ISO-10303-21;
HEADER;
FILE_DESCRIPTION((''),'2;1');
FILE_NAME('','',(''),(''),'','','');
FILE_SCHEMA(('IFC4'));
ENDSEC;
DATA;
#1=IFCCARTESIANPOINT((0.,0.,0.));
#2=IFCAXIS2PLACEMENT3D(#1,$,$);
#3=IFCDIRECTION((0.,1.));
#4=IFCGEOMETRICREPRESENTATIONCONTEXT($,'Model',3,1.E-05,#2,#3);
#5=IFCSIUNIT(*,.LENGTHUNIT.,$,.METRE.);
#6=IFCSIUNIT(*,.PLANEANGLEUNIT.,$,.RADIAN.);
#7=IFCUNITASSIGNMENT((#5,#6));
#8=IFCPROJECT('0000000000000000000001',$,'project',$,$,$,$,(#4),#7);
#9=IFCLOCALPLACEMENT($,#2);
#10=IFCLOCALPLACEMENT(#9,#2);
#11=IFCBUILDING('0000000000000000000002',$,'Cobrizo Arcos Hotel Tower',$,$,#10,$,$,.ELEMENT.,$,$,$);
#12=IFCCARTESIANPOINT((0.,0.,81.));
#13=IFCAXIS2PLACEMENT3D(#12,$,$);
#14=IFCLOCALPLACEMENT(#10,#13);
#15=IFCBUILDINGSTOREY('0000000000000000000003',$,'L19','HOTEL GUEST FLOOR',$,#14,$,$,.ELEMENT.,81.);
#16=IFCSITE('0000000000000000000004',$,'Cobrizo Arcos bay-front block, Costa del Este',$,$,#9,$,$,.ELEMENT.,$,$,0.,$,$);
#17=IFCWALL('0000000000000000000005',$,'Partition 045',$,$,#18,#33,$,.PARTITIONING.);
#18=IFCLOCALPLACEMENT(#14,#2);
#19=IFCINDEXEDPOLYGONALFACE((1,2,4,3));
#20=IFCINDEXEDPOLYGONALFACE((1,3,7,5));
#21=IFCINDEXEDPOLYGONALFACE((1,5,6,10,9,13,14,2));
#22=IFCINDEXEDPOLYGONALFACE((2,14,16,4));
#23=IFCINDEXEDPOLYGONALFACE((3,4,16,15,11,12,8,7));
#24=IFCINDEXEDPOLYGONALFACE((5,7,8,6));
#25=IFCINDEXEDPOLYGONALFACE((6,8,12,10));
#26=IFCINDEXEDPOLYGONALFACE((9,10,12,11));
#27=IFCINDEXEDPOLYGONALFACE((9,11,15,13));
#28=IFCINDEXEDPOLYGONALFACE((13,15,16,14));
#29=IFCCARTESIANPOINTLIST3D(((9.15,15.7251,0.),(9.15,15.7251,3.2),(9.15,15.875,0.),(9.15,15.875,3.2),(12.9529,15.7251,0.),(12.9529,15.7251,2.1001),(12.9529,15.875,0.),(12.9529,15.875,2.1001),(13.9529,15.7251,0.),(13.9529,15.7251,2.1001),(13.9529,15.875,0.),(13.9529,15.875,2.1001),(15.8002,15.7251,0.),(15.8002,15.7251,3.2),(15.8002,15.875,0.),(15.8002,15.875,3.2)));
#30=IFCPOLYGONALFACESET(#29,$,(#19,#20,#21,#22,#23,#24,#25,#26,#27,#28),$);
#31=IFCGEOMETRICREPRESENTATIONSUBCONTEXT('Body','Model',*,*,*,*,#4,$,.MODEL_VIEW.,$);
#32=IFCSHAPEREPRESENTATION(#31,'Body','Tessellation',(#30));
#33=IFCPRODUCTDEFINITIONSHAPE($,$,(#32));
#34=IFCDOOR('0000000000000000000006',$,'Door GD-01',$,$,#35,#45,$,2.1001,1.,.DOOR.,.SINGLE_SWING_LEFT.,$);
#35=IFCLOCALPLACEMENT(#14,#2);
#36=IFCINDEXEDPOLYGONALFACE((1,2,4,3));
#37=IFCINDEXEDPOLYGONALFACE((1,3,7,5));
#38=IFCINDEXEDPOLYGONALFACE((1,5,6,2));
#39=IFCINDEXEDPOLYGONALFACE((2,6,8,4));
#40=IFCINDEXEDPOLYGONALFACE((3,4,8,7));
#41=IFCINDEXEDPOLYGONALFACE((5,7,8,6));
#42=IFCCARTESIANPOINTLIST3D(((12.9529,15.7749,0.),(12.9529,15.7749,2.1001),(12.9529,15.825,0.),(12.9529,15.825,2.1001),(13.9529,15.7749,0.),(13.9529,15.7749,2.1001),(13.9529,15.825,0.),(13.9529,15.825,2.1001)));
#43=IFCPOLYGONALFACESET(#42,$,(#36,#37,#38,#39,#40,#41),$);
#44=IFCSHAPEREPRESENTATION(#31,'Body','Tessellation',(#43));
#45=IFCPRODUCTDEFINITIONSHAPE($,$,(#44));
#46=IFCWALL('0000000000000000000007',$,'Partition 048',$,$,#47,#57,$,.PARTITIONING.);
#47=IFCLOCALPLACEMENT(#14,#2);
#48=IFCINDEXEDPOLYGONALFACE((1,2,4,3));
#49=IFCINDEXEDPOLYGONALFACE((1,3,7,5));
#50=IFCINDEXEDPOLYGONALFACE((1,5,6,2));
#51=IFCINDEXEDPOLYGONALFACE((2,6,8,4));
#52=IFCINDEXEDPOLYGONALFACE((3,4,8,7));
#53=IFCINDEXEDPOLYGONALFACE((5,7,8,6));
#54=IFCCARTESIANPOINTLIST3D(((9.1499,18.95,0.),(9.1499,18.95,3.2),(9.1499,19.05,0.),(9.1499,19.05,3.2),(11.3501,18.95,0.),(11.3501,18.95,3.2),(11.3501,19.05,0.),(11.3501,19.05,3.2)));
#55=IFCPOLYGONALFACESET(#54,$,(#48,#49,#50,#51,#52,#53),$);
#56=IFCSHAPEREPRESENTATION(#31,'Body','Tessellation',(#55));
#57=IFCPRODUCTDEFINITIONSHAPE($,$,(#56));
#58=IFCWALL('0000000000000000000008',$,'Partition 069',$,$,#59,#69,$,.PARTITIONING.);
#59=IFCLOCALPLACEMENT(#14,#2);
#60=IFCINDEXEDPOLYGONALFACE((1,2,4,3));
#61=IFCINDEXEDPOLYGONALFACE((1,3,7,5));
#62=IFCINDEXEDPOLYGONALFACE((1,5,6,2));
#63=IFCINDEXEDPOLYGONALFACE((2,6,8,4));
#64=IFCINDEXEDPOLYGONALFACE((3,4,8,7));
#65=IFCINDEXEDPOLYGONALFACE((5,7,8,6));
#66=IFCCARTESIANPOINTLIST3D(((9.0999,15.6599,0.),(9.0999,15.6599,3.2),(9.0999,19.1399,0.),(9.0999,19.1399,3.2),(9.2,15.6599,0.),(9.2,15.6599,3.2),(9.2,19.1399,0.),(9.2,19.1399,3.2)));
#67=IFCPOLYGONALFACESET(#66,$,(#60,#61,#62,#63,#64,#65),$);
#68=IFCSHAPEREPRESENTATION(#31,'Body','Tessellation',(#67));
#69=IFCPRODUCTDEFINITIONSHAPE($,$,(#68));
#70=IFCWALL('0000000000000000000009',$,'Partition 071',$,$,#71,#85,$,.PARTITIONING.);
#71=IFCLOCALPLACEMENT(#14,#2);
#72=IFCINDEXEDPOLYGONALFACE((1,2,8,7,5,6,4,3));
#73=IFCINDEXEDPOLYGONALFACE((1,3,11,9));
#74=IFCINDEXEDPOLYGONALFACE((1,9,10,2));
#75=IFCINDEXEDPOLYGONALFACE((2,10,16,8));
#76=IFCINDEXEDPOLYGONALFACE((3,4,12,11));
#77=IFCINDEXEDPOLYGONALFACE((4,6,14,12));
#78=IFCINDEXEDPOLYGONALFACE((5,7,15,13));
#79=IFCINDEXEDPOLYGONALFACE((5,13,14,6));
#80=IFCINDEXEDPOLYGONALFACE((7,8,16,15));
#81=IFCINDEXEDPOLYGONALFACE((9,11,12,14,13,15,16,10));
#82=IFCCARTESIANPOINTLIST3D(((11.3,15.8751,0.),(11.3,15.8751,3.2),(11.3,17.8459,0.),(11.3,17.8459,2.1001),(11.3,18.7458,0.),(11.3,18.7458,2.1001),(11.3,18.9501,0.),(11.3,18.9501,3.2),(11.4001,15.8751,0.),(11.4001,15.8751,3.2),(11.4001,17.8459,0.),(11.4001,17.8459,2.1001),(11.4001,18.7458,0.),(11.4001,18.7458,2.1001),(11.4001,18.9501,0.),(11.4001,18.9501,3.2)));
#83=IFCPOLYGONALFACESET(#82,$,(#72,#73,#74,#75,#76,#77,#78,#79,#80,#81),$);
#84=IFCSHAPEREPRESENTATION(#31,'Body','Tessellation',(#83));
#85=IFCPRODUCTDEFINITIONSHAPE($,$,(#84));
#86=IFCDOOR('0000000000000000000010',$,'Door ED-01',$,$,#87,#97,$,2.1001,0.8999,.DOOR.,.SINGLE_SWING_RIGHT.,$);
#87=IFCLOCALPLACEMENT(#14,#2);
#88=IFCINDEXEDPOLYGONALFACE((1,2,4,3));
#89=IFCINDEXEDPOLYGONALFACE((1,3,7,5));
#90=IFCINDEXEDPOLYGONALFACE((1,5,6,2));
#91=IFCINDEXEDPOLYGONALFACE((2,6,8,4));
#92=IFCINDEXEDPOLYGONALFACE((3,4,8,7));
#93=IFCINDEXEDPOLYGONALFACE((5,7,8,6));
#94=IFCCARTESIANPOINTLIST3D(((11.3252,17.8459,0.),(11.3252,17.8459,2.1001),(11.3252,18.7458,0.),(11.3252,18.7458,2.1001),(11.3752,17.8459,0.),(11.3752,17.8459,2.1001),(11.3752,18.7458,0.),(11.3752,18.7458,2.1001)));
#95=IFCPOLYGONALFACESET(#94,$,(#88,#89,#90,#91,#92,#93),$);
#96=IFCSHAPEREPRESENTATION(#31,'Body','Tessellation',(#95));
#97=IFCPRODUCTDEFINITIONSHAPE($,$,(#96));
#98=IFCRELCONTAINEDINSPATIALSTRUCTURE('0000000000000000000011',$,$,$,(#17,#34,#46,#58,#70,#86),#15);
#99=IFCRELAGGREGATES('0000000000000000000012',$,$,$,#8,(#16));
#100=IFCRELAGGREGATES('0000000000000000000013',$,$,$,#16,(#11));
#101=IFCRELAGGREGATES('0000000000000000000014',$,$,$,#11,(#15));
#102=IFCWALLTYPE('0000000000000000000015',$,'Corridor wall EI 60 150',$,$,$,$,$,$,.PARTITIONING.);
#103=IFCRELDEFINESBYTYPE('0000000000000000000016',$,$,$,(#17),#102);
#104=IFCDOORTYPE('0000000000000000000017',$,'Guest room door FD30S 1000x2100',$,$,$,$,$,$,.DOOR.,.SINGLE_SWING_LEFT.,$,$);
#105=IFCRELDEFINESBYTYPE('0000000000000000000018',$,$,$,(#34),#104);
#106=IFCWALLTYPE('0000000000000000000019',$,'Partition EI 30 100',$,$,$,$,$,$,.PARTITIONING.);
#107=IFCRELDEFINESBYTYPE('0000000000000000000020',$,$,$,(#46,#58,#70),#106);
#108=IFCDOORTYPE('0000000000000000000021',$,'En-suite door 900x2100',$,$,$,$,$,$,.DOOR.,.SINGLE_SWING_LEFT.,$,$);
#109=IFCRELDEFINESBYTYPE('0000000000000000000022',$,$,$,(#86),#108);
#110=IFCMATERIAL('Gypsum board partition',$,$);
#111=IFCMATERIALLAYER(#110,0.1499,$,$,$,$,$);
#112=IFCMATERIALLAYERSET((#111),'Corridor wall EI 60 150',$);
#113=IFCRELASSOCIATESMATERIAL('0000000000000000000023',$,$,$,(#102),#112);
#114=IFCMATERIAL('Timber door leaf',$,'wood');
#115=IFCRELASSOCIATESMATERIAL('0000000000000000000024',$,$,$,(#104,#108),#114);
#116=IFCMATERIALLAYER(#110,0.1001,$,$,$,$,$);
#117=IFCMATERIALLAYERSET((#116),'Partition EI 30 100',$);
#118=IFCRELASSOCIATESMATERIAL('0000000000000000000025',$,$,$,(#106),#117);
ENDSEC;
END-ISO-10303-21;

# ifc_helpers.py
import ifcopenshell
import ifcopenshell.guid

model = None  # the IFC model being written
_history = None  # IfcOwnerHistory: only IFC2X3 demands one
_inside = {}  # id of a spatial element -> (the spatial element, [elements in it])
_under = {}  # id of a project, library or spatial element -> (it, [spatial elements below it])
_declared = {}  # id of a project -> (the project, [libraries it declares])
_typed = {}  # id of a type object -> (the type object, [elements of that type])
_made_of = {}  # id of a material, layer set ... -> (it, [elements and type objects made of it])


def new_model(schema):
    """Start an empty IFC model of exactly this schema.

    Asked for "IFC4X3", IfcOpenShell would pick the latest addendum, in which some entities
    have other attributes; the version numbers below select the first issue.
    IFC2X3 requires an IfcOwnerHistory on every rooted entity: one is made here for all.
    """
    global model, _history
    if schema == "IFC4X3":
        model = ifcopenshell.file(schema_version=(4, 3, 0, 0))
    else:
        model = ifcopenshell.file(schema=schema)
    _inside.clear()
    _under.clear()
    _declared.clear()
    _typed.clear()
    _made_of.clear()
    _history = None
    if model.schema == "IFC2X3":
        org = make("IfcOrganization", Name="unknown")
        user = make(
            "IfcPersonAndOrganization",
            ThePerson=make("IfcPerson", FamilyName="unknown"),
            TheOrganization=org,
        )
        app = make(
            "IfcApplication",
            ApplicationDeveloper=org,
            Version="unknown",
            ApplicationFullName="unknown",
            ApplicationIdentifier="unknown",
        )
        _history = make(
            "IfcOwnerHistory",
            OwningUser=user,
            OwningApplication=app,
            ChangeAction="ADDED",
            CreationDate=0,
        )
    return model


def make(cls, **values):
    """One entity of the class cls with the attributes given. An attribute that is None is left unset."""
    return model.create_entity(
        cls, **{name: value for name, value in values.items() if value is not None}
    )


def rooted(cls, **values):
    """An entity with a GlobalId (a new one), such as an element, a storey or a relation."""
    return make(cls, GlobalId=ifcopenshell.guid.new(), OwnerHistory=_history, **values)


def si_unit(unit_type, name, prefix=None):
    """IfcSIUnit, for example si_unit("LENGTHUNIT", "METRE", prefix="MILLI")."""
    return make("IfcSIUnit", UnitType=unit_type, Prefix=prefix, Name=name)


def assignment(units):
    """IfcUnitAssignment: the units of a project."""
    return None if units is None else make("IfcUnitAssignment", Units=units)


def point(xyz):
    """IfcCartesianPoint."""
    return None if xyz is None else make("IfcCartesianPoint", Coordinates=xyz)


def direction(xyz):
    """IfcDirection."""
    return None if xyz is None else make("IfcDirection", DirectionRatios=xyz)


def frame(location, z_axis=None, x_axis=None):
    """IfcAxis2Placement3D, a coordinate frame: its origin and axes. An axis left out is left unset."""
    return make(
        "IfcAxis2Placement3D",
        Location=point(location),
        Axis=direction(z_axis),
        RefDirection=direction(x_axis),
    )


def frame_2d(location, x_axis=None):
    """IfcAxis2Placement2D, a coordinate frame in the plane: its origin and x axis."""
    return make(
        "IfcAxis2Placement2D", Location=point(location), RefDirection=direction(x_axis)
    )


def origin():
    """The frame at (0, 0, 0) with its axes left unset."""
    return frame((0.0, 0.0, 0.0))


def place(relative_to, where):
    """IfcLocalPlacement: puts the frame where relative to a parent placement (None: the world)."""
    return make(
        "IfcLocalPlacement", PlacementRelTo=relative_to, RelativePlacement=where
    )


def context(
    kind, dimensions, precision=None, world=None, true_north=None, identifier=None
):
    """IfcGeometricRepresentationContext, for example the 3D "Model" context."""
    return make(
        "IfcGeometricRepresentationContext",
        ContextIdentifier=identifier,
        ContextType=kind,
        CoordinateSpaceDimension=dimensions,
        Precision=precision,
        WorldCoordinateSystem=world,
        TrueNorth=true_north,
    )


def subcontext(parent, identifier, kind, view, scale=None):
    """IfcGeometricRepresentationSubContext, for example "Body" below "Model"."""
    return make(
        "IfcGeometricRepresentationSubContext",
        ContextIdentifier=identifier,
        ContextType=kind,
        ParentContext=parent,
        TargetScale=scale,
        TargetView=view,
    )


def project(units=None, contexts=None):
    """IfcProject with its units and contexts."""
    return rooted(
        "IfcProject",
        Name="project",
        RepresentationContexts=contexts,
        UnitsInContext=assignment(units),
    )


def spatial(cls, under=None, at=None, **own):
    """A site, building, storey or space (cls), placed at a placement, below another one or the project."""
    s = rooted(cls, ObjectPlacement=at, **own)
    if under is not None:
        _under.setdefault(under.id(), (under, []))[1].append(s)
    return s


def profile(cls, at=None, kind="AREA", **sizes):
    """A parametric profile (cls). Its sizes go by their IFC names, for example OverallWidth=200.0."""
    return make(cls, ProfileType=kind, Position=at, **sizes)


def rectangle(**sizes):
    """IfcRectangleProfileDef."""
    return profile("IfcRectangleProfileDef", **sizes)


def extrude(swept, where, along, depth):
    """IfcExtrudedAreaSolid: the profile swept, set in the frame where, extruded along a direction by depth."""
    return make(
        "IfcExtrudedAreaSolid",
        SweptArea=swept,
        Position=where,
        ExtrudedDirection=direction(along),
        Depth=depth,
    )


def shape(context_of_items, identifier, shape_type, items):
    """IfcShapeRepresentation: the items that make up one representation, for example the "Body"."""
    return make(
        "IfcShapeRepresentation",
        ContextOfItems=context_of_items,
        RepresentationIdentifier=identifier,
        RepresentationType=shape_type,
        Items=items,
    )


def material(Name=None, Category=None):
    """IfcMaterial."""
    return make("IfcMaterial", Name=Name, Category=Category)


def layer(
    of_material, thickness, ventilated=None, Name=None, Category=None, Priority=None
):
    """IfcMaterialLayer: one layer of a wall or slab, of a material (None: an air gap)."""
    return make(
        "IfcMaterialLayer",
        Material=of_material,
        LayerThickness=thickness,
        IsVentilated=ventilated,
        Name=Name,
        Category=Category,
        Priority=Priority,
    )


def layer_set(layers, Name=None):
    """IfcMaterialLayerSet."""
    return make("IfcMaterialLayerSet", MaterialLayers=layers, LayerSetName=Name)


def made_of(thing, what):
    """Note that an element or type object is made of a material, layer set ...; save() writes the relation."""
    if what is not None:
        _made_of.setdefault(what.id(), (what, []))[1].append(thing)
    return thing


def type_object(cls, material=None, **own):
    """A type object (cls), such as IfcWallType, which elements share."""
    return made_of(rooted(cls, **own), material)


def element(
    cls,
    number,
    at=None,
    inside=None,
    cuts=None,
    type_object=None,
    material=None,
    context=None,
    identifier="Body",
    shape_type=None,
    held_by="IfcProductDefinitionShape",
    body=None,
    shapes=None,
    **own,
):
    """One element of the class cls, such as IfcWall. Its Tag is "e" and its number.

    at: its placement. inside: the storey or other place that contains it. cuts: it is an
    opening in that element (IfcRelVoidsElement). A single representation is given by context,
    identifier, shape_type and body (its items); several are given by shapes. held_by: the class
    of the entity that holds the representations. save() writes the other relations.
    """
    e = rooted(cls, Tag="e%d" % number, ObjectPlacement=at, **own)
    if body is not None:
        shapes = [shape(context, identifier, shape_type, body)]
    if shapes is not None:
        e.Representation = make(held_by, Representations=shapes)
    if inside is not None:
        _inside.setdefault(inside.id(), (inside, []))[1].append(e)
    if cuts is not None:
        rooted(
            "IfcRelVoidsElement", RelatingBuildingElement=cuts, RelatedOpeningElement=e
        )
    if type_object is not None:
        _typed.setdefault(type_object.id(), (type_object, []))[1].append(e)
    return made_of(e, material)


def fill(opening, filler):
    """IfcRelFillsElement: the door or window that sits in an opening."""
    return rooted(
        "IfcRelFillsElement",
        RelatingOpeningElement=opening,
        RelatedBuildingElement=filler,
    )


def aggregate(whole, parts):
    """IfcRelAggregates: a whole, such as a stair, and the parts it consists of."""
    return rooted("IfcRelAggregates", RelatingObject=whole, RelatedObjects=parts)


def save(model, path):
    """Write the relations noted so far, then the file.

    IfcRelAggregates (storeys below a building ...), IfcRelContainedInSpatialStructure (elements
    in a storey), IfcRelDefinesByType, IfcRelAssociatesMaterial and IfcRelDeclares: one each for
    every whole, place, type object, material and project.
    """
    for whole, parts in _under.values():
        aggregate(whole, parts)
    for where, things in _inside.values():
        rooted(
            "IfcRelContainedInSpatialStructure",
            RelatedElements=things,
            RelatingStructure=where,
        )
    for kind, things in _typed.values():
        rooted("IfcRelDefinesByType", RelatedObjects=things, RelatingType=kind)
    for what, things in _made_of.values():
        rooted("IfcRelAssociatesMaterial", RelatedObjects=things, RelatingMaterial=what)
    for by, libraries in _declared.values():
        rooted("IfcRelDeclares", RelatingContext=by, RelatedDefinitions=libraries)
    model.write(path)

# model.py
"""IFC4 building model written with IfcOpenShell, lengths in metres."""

from ifc_helpers import new_model, si_unit, direction, frame, frame_2d, origin, place, context, subcontext, project, spatial, rectangle, extrude, material, layer, layer_set, type_object, element, fill, save


model = new_model("IFC4")

# Units and contexts
model_context = context("Model", 3, precision=1e-05, world=origin(), true_north=direction((0.0, 1.0)))
body_context = subcontext(model_context, "Body", "Model", "MODEL_VIEW")
ifc_project = project(units=[si_unit("LENGTHUNIT", "METRE"), si_unit("PLANEANGLEUNIT", "RADIAN")], contexts=[model_context])

# Site, building, storey
site_placement = place(None, origin())
site = spatial("IfcSite", under=ifc_project, at=site_placement, Name="Cobrizo Arcos bay-front block, Costa del Este", CompositionType="ELEMENT", RefElevation=0.0)
building_placement = place(site_placement, origin())
building = spatial("IfcBuilding", under=site, at=building_placement, Name="Cobrizo Arcos Hotel Tower", CompositionType="ELEMENT")
storey_placement = place(building_placement, frame((0.0, 0.0, 81.0)))
storey = spatial("IfcBuildingStorey", under=building, at=storey_placement, Name="L19", Description="HOTEL GUEST FLOOR", CompositionType="ELEMENT", Elevation=81.0)

# Wall, opening, door
ifc_material_1 = material(Name="Gypsum board partition")
ifc_layer_1 = layer(ifc_material_1, 0.1499)
ifc_layer_set_1 = layer_set([ifc_layer_1], Name="Corridor wall EI 60 150")
wall_type_1 = type_object("IfcWallType", Name="Corridor wall EI 60 150", PredefinedType="PARTITIONING", material=ifc_layer_set_1)
ifc_material_2 = material(Name="Timber door leaf", Category="wood")
wall_1_placement = place(storey_placement, frame((9.1499, 15.8, 0.0), z_axis=(0.0, 0.0, 1.0), x_axis=(1.0, 0.0, 0.0)))
wall_1 = element("IfcWall", 1, at=wall_1_placement, inside=storey, type_object=wall_type_1, Name="Partition 045", PredefinedType="PARTITIONING", context=body_context, shape_type="SweptSolid", body=[
    extrude(rectangle(XDim=6.6501, YDim=0.1499, at=frame_2d((3.3252, 0.0))), origin(), (0.0, 0.0, 1.0), 3.2),
])
opening_1_placement = place(wall_1_placement, frame((3.803, 0.0, 0.0)))
opening_1 = element("IfcOpeningElement", 2, at=opening_1_placement, cuts=wall_1, PredefinedType="OPENING", context=body_context, shape_type="SweptSolid", body=[
    extrude(rectangle(XDim=1.0, YDim=2.1001, at=frame_2d((0.5, 1.05))), frame((0.0, 0.0869, 0.0), z_axis=(0.0, -1.0, 0.0), x_axis=(1.0, 0.0, 0.0)), (0.0, 0.0, 1.0), 0.1738),
])
door_type_1 = type_object("IfcDoorType", Name="Guest room door FD30S 1000x2100", OperationType="SINGLE_SWING_LEFT", PredefinedType="DOOR", material=ifc_material_2)
door_1_placement = place(opening_1_placement, origin())
door_1 = element("IfcDoor", 3, at=door_1_placement, inside=storey, type_object=door_type_1, Name="Door GD-01", OperationType="SINGLE_SWING_LEFT", OverallHeight=2.1001, OverallWidth=1.0, PredefinedType="DOOR", context=body_context, shape_type="SweptSolid", body=[
    extrude(rectangle(XDim=1.0, YDim=2.1001, at=frame_2d((0.5, 1.05))), frame((0.0, 0.0249, 0.0), z_axis=(0.0, -1.0, 0.0), x_axis=(1.0, 0.0, 0.0)), (0.0, 0.0, 1.0), 0.05),
])
fill(opening_1, door_1)

# Walls
ifc_layer_2 = layer(ifc_material_1, 0.1001)
ifc_layer_set_2 = layer_set([ifc_layer_2], Name="Partition EI 30 100")
wall_type_2 = type_object("IfcWallType", Name="Partition EI 30 100", PredefinedType="PARTITIONING", material=ifc_layer_set_2)
wall_2_placement = place(storey_placement, frame((9.1499, 19.0, 0.0), z_axis=(0.0, 0.0, 1.0), x_axis=(1.0, 0.0, 0.0)))
element("IfcWall", 4, at=wall_2_placement, inside=storey, type_object=wall_type_2, Name="Partition 048", PredefinedType="PARTITIONING", context=body_context, shape_type="SweptSolid", body=[
    extrude(rectangle(XDim=2.2002, YDim=0.1001, at=frame_2d((1.1001, 0.0))), origin(), (0.0, 0.0, 1.0), 3.2),
])
wall_3_placement = place(storey_placement, frame((9.1499, 15.6599, 0.0), z_axis=(0.0, 0.0, 1.0), x_axis=(0.0, 1.0, 0.0)))
element("IfcWall", 5, at=wall_3_placement, inside=storey, type_object=wall_type_2, Name="Partition 069", PredefinedType="PARTITIONING", context=body_context, shape_type="SweptSolid", body=[
    extrude(rectangle(XDim=3.48, YDim=0.1001, at=frame_2d((1.74, 0.0))), origin(), (0.0, 0.0, 1.0), 3.2),
])

# Wall, opening, door
wall_4_placement = place(storey_placement, frame((11.3501, 15.875, 0.0), z_axis=(0.0, 0.0, 1.0), x_axis=(0.0, 1.0, 0.0)))
wall_4 = element("IfcWall", 6, at=wall_4_placement, inside=storey, type_object=wall_type_2, Name="Partition 071", PredefinedType="PARTITIONING", context=body_context, shape_type="SweptSolid", body=[
    extrude(rectangle(XDim=3.075, YDim=0.1001, at=frame_2d((1.5376, 0.0))), origin(), (0.0, 0.0, 1.0), 3.2),
])
opening_2_placement = place(wall_4_placement, frame((1.9709, 0.0, 0.0)))
opening_2 = element("IfcOpeningElement", 7, at=opening_2_placement, cuts=wall_4, PredefinedType="OPENING", context=body_context, shape_type="SweptSolid", body=[
    extrude(rectangle(XDim=0.8999, YDim=2.1001, at=frame_2d((0.45, 1.05))), frame((0.0, 0.062, 0.0), z_axis=(0.0, -1.0, 0.0), x_axis=(1.0, 0.0, 0.0)), (0.0, 0.0, 1.0), 0.124),
])
door_type_2 = type_object("IfcDoorType", Name="En-suite door 900x2100", OperationType="SINGLE_SWING_LEFT", PredefinedType="DOOR", material=ifc_material_2)
door_2_placement = place(opening_2_placement, origin())
door_2 = element("IfcDoor", 8, at=door_2_placement, inside=storey, type_object=door_type_2, Name="Door ED-01", OperationType="SINGLE_SWING_RIGHT", OverallHeight=2.1001, OverallWidth=0.8999, PredefinedType="DOOR", context=body_context, shape_type="SweptSolid", body=[
    extrude(rectangle(XDim=0.8999, YDim=2.1001, at=frame_2d((0.45, 1.05))), frame((0.0, 0.0249, 0.0), z_axis=(0.0, -1.0, 0.0), x_axis=(1.0, 0.0, 0.0)), (0.0, 0.0, 1.0), 0.05),
])
fill(opening_2, door_2)

save(model, "model.ifc")
